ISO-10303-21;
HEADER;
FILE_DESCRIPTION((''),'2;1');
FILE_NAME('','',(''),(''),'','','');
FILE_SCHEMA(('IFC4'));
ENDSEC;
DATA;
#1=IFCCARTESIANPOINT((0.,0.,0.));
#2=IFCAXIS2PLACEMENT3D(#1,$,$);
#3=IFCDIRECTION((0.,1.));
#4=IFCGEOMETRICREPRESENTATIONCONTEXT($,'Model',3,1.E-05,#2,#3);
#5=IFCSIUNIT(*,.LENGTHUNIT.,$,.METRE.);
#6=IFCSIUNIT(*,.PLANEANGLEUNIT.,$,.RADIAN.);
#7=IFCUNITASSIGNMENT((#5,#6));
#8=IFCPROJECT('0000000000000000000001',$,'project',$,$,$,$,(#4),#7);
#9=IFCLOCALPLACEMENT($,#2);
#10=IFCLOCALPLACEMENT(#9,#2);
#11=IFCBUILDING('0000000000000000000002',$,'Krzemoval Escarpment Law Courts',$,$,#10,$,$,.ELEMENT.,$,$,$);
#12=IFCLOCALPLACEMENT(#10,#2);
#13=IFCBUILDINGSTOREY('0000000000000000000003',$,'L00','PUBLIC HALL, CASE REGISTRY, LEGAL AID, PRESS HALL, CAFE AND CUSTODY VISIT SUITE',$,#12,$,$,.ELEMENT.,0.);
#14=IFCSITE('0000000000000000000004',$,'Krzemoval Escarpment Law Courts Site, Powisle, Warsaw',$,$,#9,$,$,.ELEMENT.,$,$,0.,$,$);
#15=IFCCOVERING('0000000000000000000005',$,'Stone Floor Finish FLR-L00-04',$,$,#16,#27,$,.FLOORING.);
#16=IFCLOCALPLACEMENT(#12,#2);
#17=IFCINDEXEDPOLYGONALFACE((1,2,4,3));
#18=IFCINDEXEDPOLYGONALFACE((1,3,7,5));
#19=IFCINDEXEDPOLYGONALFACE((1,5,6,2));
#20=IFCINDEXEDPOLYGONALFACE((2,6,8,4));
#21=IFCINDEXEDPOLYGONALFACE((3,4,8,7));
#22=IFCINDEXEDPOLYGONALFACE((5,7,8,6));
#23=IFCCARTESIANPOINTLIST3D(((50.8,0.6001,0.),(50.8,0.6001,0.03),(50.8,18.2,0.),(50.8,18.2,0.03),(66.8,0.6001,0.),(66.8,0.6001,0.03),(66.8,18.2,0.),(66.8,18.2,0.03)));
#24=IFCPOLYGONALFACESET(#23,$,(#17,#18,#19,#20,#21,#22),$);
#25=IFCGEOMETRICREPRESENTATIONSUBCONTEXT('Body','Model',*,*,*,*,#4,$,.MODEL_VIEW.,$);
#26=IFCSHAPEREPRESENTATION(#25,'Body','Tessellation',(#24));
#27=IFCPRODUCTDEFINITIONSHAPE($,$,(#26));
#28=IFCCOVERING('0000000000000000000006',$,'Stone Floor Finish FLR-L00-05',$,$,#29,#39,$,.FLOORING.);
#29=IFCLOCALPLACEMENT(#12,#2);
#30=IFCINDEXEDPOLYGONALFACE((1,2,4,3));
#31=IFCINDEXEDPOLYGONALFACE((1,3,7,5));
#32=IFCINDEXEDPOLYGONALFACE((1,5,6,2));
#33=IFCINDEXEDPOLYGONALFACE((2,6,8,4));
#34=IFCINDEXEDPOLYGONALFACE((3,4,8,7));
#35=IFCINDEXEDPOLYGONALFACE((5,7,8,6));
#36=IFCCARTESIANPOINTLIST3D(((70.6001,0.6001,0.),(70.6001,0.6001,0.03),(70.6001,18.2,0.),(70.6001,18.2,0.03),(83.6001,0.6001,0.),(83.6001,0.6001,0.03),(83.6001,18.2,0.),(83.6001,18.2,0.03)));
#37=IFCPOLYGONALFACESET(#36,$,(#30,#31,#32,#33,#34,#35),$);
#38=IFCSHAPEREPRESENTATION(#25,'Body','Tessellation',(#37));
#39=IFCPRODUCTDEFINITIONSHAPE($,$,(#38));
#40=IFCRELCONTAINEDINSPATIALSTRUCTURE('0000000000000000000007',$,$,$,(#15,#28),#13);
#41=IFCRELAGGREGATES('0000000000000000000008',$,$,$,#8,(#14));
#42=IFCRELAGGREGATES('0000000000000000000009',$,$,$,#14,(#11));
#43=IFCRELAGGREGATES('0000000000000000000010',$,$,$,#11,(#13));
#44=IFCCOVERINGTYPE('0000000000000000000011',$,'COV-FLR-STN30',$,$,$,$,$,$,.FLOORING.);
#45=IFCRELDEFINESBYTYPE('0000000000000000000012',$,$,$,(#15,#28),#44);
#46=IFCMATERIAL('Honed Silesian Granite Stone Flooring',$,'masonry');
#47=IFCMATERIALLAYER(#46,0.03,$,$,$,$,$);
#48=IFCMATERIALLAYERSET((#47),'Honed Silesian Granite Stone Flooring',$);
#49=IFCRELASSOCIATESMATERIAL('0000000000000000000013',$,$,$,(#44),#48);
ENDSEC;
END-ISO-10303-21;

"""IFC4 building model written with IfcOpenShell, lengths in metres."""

from ifc_helpers import new_model, si_unit, direction, origin, place, context, subcontext, project, spatial, polyline, outline, extrude, material, layer, layer_set, type_object, element, save


model = new_model("IFC4")

# Units and contexts
model_context = context("Model", 3, precision=1e-05, world=origin(), true_north=direction((0.0, 1.0)))
body_context = subcontext(model_context, "Body", "Model", "MODEL_VIEW")
ifc_project = project(units=[si_unit("LENGTHUNIT", "METRE"), si_unit("PLANEANGLEUNIT", "RADIAN")], contexts=[model_context])

# Site, building, storey
site_placement = place(None, origin())
site = spatial("IfcSite", under=ifc_project, at=site_placement, Name="Krzemoval Escarpment Law Courts Site, Powisle, Warsaw", CompositionType="ELEMENT", RefElevation=0.0)
building_placement = place(site_placement, origin())
building = spatial("IfcBuilding", under=site, at=building_placement, Name="Krzemoval Escarpment Law Courts", CompositionType="ELEMENT")
storey_placement = place(building_placement, origin())
storey = spatial("IfcBuildingStorey", under=building, at=storey_placement, Name="L00", Description="PUBLIC HALL, CASE REGISTRY, LEGAL AID, PRESS HALL, CAFE AND CUSTODY VISIT SUITE", CompositionType="ELEMENT", Elevation=0.0)

# Coverings
ifc_material_1 = material(Name="Honed Silesian Granite Stone Flooring", Category="masonry")
ifc_layer_1 = layer(ifc_material_1, 0.03)
ifc_layer_set_1 = layer_set([ifc_layer_1], Name="Honed Silesian Granite Stone Flooring")
covering_type_1 = type_object("IfcCoveringType", Name="COV-FLR-STN30", PredefinedType="FLOORING", material=ifc_layer_set_1)
covering_1_placement = place(storey_placement, origin())
element("IfcCovering", 1, at=covering_1_placement, inside=storey, type_object=covering_type_1, Name="Stone Floor Finish FLR-L00-04", PredefinedType="FLOORING", context=body_context, shape_type="SweptSolid", body=[
    extrude(outline(polyline([(50.8, 0.6001), (50.8, 18.2), (66.8, 18.2), (66.8, 0.6001), (50.8, 0.6001)])), origin(), (0.0, 0.0, 1.0), 0.03),
])
covering_2_placement = place(storey_placement, origin())
element("IfcCovering", 2, at=covering_2_placement, inside=storey, type_object=covering_type_1, Name="Stone Floor Finish FLR-L00-05", PredefinedType="FLOORING", context=body_context, shape_type="SweptSolid", body=[
    extrude(outline(polyline([(70.6001, 0.6001), (70.6001, 18.2), (83.6001, 18.2), (83.6001, 0.6001), (70.6001, 0.6001)])), origin(), (0.0, 0.0, 1.0), 0.03),
])

save(model, "model.ifc")
